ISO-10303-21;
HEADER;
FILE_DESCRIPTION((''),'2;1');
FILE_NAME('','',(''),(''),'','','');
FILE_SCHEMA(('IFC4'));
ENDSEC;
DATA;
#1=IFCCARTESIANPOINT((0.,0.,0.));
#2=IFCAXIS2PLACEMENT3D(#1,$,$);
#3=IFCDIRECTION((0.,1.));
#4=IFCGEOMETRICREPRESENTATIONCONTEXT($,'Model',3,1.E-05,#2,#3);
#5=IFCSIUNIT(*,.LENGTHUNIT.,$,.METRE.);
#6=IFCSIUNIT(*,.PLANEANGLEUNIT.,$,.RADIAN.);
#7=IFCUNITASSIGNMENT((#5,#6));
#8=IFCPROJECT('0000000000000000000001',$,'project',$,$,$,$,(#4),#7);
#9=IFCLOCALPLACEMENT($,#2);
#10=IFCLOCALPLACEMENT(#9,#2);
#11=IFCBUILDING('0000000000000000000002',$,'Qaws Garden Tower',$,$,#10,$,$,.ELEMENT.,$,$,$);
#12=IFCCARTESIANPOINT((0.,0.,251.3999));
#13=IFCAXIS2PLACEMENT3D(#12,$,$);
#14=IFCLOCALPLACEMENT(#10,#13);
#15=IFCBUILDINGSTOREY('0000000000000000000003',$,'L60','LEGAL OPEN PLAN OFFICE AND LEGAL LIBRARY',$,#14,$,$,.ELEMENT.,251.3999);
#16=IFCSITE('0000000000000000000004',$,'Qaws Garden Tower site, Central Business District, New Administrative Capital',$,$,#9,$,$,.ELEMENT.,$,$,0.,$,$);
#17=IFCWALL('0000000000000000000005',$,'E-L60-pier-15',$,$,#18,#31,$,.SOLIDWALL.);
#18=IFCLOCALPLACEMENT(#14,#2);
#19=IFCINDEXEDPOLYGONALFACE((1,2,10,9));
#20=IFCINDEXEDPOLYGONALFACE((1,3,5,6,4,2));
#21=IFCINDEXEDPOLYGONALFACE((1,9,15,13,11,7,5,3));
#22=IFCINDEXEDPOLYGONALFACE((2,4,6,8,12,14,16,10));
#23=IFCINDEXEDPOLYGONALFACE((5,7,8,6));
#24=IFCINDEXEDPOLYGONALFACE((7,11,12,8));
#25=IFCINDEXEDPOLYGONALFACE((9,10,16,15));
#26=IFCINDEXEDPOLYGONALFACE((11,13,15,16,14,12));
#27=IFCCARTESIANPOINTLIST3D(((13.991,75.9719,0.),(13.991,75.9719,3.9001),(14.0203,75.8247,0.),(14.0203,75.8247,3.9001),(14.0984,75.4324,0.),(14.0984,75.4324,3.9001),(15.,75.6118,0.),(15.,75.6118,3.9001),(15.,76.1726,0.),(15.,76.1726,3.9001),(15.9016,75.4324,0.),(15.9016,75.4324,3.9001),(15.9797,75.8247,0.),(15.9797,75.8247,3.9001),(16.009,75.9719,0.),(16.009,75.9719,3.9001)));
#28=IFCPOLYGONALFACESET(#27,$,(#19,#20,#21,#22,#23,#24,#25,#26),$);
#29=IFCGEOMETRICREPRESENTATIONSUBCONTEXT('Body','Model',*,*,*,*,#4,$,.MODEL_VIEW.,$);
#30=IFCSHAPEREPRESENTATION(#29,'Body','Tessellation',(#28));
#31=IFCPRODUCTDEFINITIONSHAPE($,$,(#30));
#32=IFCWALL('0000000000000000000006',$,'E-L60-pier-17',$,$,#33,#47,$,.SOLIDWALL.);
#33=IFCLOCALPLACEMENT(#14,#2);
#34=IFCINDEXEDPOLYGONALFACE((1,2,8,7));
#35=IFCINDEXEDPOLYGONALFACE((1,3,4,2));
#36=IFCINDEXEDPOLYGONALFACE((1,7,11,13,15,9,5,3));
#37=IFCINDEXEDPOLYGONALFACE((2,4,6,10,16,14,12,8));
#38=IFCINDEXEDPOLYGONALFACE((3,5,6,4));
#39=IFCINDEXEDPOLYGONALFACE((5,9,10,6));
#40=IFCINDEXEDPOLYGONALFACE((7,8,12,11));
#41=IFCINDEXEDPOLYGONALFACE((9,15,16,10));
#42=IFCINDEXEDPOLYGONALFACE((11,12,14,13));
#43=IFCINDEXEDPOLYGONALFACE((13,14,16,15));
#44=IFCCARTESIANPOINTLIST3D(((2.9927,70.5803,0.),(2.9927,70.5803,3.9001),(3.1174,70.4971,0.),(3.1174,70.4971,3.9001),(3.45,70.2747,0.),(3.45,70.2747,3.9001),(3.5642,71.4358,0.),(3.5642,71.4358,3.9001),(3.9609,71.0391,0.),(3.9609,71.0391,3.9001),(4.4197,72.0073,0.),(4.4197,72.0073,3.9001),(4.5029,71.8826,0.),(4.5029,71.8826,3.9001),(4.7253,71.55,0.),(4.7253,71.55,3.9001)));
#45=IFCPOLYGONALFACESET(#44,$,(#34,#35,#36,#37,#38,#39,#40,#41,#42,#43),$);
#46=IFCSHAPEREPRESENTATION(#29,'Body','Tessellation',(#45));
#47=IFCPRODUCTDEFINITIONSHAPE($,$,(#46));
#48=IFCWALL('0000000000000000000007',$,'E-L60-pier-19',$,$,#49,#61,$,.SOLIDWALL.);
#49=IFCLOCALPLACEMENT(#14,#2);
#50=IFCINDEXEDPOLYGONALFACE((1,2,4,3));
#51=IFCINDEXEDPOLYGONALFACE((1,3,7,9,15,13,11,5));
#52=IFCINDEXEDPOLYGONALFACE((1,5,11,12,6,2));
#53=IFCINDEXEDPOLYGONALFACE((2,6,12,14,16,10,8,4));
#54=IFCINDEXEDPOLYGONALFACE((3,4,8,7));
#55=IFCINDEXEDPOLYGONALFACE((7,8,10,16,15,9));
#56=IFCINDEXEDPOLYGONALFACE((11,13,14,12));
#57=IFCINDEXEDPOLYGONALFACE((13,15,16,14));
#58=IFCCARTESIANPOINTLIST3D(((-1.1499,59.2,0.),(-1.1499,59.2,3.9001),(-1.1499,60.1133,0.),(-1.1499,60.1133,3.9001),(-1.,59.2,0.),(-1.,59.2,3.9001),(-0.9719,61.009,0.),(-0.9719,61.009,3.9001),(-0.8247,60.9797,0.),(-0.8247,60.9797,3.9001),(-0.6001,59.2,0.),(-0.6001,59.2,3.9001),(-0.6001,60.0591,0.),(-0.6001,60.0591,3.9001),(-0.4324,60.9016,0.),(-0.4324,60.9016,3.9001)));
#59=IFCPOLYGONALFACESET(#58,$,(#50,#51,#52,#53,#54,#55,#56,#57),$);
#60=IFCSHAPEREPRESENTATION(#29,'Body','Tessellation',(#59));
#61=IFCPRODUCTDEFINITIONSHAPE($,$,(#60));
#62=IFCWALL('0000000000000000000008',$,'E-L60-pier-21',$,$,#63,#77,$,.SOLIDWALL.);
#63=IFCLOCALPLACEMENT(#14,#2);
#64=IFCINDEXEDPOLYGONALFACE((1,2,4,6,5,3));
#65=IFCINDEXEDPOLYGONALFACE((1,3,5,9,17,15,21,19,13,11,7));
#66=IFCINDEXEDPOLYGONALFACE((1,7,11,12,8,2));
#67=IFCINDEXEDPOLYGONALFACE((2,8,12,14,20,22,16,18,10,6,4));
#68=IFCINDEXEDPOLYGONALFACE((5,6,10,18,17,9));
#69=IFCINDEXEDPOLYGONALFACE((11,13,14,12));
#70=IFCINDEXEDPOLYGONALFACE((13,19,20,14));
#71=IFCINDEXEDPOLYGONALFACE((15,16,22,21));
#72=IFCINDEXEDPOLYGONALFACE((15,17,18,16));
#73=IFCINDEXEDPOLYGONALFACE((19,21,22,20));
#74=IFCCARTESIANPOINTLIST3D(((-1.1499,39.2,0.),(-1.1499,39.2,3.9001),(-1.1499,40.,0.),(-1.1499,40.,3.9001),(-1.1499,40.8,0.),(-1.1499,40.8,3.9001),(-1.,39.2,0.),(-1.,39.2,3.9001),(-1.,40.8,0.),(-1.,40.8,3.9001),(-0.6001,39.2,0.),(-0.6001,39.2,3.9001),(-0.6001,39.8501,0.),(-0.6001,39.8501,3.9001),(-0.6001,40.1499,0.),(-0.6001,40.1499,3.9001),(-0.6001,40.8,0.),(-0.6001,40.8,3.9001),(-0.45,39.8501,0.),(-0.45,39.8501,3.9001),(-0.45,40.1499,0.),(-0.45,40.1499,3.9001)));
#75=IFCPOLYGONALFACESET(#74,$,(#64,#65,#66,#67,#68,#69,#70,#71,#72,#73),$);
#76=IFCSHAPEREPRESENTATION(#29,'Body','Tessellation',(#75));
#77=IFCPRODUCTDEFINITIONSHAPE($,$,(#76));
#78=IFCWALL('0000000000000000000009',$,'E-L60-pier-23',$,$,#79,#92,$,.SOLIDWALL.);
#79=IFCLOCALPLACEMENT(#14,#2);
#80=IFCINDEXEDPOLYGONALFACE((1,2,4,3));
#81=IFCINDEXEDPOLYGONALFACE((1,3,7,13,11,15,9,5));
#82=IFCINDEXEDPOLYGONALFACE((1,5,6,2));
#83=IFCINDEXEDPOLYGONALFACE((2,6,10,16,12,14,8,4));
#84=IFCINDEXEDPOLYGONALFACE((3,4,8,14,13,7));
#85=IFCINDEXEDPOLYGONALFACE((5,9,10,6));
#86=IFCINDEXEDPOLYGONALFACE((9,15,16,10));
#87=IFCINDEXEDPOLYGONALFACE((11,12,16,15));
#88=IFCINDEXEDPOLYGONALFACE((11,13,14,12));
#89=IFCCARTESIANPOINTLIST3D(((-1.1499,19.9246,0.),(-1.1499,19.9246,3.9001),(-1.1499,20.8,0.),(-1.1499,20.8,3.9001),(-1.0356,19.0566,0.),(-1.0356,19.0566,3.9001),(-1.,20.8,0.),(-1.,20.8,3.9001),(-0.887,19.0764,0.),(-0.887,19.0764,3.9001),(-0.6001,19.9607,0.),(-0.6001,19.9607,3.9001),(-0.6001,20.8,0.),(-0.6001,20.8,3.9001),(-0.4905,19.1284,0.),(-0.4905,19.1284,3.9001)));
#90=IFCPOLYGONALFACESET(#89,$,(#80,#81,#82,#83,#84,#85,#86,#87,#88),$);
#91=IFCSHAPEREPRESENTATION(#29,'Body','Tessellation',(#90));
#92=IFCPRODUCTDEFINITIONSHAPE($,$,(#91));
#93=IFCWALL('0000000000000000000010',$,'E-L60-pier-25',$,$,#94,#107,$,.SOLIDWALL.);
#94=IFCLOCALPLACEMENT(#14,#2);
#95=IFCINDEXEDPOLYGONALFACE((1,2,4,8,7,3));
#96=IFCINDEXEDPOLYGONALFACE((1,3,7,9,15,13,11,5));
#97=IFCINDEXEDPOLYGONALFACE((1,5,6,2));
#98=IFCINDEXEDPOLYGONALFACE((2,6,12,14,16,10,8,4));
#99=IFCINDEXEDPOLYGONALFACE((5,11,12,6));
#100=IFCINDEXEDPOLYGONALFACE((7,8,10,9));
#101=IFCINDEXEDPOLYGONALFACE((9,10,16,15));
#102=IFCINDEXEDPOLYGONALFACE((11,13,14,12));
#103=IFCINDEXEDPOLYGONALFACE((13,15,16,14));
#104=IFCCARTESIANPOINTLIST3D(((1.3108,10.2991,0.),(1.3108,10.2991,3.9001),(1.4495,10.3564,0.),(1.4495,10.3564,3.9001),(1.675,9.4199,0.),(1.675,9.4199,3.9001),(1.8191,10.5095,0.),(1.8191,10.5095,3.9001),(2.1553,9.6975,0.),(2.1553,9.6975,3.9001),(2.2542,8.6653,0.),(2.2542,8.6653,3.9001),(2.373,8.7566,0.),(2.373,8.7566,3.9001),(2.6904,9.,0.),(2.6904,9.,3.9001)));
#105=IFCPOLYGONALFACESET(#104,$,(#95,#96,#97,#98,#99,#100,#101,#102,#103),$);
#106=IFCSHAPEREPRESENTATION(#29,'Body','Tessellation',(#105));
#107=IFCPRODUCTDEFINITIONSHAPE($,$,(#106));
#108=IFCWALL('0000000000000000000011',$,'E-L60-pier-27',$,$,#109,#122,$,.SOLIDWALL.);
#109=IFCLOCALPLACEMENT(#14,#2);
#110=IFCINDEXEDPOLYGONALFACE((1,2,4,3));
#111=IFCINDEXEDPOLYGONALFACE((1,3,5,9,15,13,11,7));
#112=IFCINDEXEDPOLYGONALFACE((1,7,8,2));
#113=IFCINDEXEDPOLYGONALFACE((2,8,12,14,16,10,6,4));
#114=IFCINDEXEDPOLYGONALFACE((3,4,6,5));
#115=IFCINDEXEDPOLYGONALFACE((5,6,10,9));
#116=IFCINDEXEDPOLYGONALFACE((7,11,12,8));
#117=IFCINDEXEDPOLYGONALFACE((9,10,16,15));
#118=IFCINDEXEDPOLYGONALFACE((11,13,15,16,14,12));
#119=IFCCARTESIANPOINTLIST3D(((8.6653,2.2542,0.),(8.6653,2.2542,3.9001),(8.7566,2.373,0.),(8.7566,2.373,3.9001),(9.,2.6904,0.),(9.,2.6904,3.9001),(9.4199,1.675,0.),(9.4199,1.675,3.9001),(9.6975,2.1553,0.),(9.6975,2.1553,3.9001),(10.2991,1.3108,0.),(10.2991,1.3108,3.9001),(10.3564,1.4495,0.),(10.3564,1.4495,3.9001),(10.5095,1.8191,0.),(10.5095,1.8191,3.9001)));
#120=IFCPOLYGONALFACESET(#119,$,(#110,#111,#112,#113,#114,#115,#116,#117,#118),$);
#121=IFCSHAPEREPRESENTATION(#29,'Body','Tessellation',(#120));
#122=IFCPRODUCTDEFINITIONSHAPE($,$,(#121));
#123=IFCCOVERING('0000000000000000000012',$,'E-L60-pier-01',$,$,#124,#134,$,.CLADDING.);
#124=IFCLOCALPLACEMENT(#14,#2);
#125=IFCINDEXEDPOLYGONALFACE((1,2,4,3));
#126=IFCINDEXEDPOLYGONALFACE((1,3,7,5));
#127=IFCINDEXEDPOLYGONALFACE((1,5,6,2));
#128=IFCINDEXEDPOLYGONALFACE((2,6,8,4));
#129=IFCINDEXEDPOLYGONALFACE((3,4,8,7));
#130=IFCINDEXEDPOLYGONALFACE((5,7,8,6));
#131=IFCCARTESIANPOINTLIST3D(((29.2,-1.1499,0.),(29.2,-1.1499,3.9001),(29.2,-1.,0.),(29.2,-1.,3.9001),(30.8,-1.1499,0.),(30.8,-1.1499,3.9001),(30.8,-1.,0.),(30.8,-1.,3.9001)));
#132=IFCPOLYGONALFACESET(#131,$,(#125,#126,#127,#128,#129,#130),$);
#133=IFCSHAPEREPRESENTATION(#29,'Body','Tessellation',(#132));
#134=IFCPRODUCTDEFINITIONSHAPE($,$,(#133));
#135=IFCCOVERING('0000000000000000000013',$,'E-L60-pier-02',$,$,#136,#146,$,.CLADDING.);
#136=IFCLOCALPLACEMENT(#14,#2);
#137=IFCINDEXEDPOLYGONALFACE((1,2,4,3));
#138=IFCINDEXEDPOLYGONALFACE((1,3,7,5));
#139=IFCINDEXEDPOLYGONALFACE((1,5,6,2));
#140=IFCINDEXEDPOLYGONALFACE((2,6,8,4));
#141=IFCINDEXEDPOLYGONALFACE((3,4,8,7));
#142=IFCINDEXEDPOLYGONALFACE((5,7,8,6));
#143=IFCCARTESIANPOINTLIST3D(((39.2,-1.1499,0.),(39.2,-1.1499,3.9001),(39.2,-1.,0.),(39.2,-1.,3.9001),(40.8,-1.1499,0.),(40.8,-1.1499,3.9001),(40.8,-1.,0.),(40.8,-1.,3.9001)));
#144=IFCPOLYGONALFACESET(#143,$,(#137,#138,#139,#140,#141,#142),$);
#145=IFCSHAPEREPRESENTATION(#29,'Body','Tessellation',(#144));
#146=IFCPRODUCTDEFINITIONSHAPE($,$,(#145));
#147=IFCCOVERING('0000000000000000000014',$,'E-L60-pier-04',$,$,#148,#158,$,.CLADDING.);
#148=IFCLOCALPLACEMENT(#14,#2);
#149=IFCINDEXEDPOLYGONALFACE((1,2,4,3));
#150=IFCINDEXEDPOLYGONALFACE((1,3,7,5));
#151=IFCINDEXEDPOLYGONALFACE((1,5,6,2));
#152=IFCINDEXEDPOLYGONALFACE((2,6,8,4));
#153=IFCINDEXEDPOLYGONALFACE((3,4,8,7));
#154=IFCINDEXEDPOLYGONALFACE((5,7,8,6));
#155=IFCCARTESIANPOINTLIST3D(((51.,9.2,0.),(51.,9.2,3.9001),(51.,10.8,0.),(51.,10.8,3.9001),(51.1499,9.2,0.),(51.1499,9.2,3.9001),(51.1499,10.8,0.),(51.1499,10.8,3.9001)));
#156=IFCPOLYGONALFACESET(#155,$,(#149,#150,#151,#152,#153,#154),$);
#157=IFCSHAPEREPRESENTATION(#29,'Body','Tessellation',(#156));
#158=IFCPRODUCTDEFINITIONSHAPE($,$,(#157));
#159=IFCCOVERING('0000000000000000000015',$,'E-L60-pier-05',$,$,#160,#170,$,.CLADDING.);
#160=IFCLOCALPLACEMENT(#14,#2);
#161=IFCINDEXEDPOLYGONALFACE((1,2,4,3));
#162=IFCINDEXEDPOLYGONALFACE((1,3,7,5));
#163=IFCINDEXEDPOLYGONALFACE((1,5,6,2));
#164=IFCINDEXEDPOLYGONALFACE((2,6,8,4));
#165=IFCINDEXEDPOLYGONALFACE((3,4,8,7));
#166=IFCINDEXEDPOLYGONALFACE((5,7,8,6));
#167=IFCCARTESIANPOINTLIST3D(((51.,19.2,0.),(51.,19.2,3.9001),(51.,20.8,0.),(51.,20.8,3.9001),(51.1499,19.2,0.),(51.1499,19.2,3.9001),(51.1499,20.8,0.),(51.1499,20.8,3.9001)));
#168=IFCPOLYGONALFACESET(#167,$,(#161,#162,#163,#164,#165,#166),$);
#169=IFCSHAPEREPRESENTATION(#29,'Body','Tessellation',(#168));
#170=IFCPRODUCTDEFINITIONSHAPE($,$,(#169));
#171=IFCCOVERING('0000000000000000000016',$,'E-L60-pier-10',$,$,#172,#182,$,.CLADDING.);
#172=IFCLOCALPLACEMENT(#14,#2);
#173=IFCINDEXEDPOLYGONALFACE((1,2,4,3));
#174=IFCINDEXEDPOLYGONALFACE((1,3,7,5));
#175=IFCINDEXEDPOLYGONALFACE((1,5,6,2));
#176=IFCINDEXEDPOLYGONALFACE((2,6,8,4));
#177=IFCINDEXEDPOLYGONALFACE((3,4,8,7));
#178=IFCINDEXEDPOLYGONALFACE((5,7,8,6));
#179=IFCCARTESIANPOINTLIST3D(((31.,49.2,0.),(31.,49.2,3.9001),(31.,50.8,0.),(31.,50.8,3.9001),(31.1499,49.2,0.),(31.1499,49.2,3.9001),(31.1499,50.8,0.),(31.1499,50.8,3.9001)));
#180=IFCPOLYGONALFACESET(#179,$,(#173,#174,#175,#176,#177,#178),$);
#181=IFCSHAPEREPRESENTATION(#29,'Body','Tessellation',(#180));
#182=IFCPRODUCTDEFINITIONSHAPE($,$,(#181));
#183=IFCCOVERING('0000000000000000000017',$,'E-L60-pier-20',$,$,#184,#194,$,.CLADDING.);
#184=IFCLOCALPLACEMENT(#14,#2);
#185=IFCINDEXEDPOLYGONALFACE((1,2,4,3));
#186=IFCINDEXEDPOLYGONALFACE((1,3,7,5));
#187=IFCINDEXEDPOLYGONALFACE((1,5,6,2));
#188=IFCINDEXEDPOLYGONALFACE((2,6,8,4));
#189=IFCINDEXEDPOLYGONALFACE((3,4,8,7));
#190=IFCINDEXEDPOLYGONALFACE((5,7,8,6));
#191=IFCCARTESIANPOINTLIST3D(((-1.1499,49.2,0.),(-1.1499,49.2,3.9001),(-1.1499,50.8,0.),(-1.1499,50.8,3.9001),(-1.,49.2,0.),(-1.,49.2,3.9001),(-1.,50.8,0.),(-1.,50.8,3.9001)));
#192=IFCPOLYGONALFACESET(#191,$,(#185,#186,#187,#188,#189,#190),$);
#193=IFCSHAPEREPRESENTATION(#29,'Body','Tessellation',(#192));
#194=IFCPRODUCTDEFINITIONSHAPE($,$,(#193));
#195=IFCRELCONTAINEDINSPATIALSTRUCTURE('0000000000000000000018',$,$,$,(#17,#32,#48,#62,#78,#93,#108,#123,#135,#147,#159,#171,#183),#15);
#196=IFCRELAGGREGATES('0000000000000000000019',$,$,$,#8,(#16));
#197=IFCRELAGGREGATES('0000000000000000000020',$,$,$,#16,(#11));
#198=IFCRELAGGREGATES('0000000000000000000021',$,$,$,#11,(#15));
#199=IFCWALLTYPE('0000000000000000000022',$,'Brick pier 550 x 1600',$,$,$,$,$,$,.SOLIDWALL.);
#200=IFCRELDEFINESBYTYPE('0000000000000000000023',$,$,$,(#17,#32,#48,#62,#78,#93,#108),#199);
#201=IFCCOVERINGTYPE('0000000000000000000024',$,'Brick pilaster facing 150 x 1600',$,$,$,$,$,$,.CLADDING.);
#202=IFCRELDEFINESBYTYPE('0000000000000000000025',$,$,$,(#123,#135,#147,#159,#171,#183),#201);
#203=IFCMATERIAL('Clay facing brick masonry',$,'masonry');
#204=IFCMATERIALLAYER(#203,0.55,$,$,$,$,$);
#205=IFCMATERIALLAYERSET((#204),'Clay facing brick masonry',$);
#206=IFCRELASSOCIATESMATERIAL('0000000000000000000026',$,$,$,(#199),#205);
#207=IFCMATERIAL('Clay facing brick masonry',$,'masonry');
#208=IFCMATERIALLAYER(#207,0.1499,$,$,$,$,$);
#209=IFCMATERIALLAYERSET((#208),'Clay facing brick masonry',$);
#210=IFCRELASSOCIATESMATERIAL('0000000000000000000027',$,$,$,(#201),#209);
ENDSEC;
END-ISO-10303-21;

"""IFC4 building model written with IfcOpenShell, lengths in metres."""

from ifc_helpers import new_model, si_unit, direction, frame, origin, place, context, subcontext, project, spatial, polyline, outline, extrude, material, layer, layer_set, type_object, element, save


model = new_model("IFC4")

# Units and contexts
model_context = context("Model", 3, precision=1e-05, world=origin(), true_north=direction((0.0, 1.0)))
body_context = subcontext(model_context, "Body", "Model", "MODEL_VIEW")
ifc_project = project(units=[si_unit("LENGTHUNIT", "METRE"), si_unit("PLANEANGLEUNIT", "RADIAN")], contexts=[model_context])

# Site, building, storey
site_placement = place(None, origin())
site = spatial("IfcSite", under=ifc_project, at=site_placement, Name="Qaws Garden Tower site, Central Business District, New Administrative Capital", CompositionType="ELEMENT", RefElevation=0.0)
building_placement = place(site_placement, origin())
building = spatial("IfcBuilding", under=site, at=building_placement, Name="Qaws Garden Tower", CompositionType="ELEMENT")
storey_placement = place(building_placement, frame((0.0, 0.0, 251.3999)))
storey = spatial("IfcBuildingStorey", under=building, at=storey_placement, Name="L60", Description="LEGAL OPEN PLAN OFFICE AND LEGAL LIBRARY", CompositionType="ELEMENT", Elevation=251.3999)

# Walls
placement = place(storey_placement, origin())
ifc_material_1 = material(Name="Clay facing brick masonry", Category="masonry")
ifc_layer_1 = layer(ifc_material_1, 0.55)
ifc_layer_set_1 = layer_set([ifc_layer_1], Name="Clay facing brick masonry")
wall_type_1 = type_object("IfcWallType", Name="Brick pier 550 x 1600", PredefinedType="SOLIDWALL", material=ifc_layer_set_1)
element("IfcWall", 1, at=placement, inside=storey, type_object=wall_type_1, Name="E-L60-pier-15", PredefinedType="SOLIDWALL", context=body_context, shape_type="SweptSolid", body=[
    extrude(outline(polyline([(15.9797, 75.8247), (16.009, 75.9719), (15.0, 76.1726), (13.991, 75.9719), (14.0203, 75.8247), (14.0984, 75.4324), (15.0, 75.6118), (15.9016, 75.4324), (15.9797, 75.8247)])), origin(), (0.0, 0.0, 1.0), 3.9001),
])
element("IfcWall", 2, at=placement, inside=storey, type_object=wall_type_1, Name="E-L60-pier-17", PredefinedType="SOLIDWALL", context=body_context, shape_type="SweptSolid", body=[
    extrude(outline(polyline([(4.5029, 71.8826), (4.4197, 72.0073), (3.5642, 71.4358), (2.9927, 70.5803), (3.1174, 70.4971), (3.45, 70.2747), (3.9609, 71.0391), (4.7253, 71.55), (4.5029, 71.8826)])), origin(), (0.0, 0.0, 1.0), 3.9001),
])
element("IfcWall", 3, at=placement, inside=storey, type_object=wall_type_1, Name="E-L60-pier-19", PredefinedType="SOLIDWALL", context=body_context, shape_type="SweptSolid", body=[
    extrude(outline(polyline([(-0.8247, 60.9797), (-0.9719, 61.009), (-1.1499, 60.1133), (-1.1499, 59.2), (-1.0, 59.2), (-0.6001, 59.2), (-0.6001, 60.0591), (-0.4324, 60.9016), (-0.8247, 60.9797)])), origin(), (0.0, 0.0, 1.0), 3.9001),
])
element("IfcWall", 4, at=placement, inside=storey, type_object=wall_type_1, Name="E-L60-pier-21", PredefinedType="SOLIDWALL", context=body_context, shape_type="SweptSolid", body=[
    extrude(outline(polyline([(-0.6001, 39.2), (-0.6001, 39.8501), (-0.45, 39.8501), (-0.45, 40.1499), (-0.6001, 40.1499), (-0.6001, 40.8), (-1.0, 40.8), (-1.1499, 40.8), (-1.1499, 40.0), (-1.1499, 39.2), (-1.0, 39.2), (-0.6001, 39.2)])), origin(), (0.0, 0.0, 1.0), 3.9001),
])
element("IfcWall", 5, at=placement, inside=storey, type_object=wall_type_1, Name="E-L60-pier-23", PredefinedType="SOLIDWALL", context=body_context, shape_type="SweptSolid", body=[
    extrude(outline(polyline([(-1.0, 20.8), (-1.1499, 20.8), (-1.1499, 19.9246), (-1.0356, 19.0566), (-0.887, 19.0764), (-0.4905, 19.1284), (-0.6001, 19.9607), (-0.6001, 20.8), (-1.0, 20.8)])), origin(), (0.0, 0.0, 1.0), 3.9001),
])
element("IfcWall", 6, at=placement, inside=storey, type_object=wall_type_1, Name="E-L60-pier-25", PredefinedType="SOLIDWALL", context=body_context, shape_type="SweptSolid", body=[
    extrude(outline(polyline([(1.4495, 10.3564), (1.3108, 10.2991), (1.675, 9.4199), (2.2542, 8.6653), (2.373, 8.7566), (2.6904, 9.0), (2.1553, 9.6975), (1.8191, 10.5095), (1.4495, 10.3564)])), origin(), (0.0, 0.0, 1.0), 3.9001),
])
element("IfcWall", 7, at=placement, inside=storey, type_object=wall_type_1, Name="E-L60-pier-27", PredefinedType="SOLIDWALL", context=body_context, shape_type="SweptSolid", body=[
    extrude(outline(polyline([(8.7566, 2.373), (8.6653, 2.2542), (9.4199, 1.675), (10.2991, 1.3108), (10.3564, 1.4495), (10.5095, 1.8191), (9.6975, 2.1553), (9.0, 2.6904), (8.7566, 2.373)])), origin(), (0.0, 0.0, 1.0), 3.9001),
])

# Coverings
ifc_material_2 = material(Name="Clay facing brick masonry", Category="masonry")
ifc_layer_2 = layer(ifc_material_2, 0.1499)
ifc_layer_set_2 = layer_set([ifc_layer_2], Name="Clay facing brick masonry")
covering_type = type_object("IfcCoveringType", Name="Brick pilaster facing 150 x 1600", PredefinedType="CLADDING", material=ifc_layer_set_2)
element("IfcCovering", 8, at=placement, inside=storey, type_object=covering_type, Name="E-L60-pier-01", PredefinedType="CLADDING", context=body_context, shape_type="SweptSolid", body=[
    extrude(outline(polyline([(29.2, -1.0), (30.8, -1.0), (30.8, -1.1499), (29.2, -1.1499), (29.2, -1.0)])), origin(), (0.0, 0.0, 1.0), 3.9001),
])
element("IfcCovering", 9, at=placement, inside=storey, type_object=covering_type, Name="E-L60-pier-02", PredefinedType="CLADDING", context=body_context, shape_type="SweptSolid", body=[
    extrude(outline(polyline([(39.2, -1.0), (40.8, -1.0), (40.8, -1.1499), (39.2, -1.1499), (39.2, -1.0)])), origin(), (0.0, 0.0, 1.0), 3.9001),
])
element("IfcCovering", 10, at=placement, inside=storey, type_object=covering_type, Name="E-L60-pier-04", PredefinedType="CLADDING", context=body_context, shape_type="SweptSolid", body=[
    extrude(outline(polyline([(51.0, 9.2), (51.0, 10.8), (51.1499, 10.8), (51.1499, 9.2), (51.0, 9.2)])), origin(), (0.0, 0.0, 1.0), 3.9001),
])
element("IfcCovering", 11, at=placement, inside=storey, type_object=covering_type, Name="E-L60-pier-05", PredefinedType="CLADDING", context=body_context, shape_type="SweptSolid", body=[
    extrude(outline(polyline([(51.0, 19.2), (51.0, 20.8), (51.1499, 20.8), (51.1499, 19.2), (51.0, 19.2)])), origin(), (0.0, 0.0, 1.0), 3.9001),
])
element("IfcCovering", 12, at=placement, inside=storey, type_object=covering_type, Name="E-L60-pier-10", PredefinedType="CLADDING", context=body_context, shape_type="SweptSolid", body=[
    extrude(outline(polyline([(31.0, 49.2), (31.0, 50.8), (31.1499, 50.8), (31.1499, 49.2), (31.0, 49.2)])), origin(), (0.0, 0.0, 1.0), 3.9001),
])
element("IfcCovering", 13, at=placement, inside=storey, type_object=covering_type, Name="E-L60-pier-20", PredefinedType="CLADDING", context=body_context, shape_type="SweptSolid", body=[
    extrude(outline(polyline([(-1.0, 50.8), (-1.0, 49.2), (-1.1499, 49.2), (-1.1499, 50.8), (-1.0, 50.8)])), origin(), (0.0, 0.0, 1.0), 3.9001),
])

save(model, "model.ifc")
